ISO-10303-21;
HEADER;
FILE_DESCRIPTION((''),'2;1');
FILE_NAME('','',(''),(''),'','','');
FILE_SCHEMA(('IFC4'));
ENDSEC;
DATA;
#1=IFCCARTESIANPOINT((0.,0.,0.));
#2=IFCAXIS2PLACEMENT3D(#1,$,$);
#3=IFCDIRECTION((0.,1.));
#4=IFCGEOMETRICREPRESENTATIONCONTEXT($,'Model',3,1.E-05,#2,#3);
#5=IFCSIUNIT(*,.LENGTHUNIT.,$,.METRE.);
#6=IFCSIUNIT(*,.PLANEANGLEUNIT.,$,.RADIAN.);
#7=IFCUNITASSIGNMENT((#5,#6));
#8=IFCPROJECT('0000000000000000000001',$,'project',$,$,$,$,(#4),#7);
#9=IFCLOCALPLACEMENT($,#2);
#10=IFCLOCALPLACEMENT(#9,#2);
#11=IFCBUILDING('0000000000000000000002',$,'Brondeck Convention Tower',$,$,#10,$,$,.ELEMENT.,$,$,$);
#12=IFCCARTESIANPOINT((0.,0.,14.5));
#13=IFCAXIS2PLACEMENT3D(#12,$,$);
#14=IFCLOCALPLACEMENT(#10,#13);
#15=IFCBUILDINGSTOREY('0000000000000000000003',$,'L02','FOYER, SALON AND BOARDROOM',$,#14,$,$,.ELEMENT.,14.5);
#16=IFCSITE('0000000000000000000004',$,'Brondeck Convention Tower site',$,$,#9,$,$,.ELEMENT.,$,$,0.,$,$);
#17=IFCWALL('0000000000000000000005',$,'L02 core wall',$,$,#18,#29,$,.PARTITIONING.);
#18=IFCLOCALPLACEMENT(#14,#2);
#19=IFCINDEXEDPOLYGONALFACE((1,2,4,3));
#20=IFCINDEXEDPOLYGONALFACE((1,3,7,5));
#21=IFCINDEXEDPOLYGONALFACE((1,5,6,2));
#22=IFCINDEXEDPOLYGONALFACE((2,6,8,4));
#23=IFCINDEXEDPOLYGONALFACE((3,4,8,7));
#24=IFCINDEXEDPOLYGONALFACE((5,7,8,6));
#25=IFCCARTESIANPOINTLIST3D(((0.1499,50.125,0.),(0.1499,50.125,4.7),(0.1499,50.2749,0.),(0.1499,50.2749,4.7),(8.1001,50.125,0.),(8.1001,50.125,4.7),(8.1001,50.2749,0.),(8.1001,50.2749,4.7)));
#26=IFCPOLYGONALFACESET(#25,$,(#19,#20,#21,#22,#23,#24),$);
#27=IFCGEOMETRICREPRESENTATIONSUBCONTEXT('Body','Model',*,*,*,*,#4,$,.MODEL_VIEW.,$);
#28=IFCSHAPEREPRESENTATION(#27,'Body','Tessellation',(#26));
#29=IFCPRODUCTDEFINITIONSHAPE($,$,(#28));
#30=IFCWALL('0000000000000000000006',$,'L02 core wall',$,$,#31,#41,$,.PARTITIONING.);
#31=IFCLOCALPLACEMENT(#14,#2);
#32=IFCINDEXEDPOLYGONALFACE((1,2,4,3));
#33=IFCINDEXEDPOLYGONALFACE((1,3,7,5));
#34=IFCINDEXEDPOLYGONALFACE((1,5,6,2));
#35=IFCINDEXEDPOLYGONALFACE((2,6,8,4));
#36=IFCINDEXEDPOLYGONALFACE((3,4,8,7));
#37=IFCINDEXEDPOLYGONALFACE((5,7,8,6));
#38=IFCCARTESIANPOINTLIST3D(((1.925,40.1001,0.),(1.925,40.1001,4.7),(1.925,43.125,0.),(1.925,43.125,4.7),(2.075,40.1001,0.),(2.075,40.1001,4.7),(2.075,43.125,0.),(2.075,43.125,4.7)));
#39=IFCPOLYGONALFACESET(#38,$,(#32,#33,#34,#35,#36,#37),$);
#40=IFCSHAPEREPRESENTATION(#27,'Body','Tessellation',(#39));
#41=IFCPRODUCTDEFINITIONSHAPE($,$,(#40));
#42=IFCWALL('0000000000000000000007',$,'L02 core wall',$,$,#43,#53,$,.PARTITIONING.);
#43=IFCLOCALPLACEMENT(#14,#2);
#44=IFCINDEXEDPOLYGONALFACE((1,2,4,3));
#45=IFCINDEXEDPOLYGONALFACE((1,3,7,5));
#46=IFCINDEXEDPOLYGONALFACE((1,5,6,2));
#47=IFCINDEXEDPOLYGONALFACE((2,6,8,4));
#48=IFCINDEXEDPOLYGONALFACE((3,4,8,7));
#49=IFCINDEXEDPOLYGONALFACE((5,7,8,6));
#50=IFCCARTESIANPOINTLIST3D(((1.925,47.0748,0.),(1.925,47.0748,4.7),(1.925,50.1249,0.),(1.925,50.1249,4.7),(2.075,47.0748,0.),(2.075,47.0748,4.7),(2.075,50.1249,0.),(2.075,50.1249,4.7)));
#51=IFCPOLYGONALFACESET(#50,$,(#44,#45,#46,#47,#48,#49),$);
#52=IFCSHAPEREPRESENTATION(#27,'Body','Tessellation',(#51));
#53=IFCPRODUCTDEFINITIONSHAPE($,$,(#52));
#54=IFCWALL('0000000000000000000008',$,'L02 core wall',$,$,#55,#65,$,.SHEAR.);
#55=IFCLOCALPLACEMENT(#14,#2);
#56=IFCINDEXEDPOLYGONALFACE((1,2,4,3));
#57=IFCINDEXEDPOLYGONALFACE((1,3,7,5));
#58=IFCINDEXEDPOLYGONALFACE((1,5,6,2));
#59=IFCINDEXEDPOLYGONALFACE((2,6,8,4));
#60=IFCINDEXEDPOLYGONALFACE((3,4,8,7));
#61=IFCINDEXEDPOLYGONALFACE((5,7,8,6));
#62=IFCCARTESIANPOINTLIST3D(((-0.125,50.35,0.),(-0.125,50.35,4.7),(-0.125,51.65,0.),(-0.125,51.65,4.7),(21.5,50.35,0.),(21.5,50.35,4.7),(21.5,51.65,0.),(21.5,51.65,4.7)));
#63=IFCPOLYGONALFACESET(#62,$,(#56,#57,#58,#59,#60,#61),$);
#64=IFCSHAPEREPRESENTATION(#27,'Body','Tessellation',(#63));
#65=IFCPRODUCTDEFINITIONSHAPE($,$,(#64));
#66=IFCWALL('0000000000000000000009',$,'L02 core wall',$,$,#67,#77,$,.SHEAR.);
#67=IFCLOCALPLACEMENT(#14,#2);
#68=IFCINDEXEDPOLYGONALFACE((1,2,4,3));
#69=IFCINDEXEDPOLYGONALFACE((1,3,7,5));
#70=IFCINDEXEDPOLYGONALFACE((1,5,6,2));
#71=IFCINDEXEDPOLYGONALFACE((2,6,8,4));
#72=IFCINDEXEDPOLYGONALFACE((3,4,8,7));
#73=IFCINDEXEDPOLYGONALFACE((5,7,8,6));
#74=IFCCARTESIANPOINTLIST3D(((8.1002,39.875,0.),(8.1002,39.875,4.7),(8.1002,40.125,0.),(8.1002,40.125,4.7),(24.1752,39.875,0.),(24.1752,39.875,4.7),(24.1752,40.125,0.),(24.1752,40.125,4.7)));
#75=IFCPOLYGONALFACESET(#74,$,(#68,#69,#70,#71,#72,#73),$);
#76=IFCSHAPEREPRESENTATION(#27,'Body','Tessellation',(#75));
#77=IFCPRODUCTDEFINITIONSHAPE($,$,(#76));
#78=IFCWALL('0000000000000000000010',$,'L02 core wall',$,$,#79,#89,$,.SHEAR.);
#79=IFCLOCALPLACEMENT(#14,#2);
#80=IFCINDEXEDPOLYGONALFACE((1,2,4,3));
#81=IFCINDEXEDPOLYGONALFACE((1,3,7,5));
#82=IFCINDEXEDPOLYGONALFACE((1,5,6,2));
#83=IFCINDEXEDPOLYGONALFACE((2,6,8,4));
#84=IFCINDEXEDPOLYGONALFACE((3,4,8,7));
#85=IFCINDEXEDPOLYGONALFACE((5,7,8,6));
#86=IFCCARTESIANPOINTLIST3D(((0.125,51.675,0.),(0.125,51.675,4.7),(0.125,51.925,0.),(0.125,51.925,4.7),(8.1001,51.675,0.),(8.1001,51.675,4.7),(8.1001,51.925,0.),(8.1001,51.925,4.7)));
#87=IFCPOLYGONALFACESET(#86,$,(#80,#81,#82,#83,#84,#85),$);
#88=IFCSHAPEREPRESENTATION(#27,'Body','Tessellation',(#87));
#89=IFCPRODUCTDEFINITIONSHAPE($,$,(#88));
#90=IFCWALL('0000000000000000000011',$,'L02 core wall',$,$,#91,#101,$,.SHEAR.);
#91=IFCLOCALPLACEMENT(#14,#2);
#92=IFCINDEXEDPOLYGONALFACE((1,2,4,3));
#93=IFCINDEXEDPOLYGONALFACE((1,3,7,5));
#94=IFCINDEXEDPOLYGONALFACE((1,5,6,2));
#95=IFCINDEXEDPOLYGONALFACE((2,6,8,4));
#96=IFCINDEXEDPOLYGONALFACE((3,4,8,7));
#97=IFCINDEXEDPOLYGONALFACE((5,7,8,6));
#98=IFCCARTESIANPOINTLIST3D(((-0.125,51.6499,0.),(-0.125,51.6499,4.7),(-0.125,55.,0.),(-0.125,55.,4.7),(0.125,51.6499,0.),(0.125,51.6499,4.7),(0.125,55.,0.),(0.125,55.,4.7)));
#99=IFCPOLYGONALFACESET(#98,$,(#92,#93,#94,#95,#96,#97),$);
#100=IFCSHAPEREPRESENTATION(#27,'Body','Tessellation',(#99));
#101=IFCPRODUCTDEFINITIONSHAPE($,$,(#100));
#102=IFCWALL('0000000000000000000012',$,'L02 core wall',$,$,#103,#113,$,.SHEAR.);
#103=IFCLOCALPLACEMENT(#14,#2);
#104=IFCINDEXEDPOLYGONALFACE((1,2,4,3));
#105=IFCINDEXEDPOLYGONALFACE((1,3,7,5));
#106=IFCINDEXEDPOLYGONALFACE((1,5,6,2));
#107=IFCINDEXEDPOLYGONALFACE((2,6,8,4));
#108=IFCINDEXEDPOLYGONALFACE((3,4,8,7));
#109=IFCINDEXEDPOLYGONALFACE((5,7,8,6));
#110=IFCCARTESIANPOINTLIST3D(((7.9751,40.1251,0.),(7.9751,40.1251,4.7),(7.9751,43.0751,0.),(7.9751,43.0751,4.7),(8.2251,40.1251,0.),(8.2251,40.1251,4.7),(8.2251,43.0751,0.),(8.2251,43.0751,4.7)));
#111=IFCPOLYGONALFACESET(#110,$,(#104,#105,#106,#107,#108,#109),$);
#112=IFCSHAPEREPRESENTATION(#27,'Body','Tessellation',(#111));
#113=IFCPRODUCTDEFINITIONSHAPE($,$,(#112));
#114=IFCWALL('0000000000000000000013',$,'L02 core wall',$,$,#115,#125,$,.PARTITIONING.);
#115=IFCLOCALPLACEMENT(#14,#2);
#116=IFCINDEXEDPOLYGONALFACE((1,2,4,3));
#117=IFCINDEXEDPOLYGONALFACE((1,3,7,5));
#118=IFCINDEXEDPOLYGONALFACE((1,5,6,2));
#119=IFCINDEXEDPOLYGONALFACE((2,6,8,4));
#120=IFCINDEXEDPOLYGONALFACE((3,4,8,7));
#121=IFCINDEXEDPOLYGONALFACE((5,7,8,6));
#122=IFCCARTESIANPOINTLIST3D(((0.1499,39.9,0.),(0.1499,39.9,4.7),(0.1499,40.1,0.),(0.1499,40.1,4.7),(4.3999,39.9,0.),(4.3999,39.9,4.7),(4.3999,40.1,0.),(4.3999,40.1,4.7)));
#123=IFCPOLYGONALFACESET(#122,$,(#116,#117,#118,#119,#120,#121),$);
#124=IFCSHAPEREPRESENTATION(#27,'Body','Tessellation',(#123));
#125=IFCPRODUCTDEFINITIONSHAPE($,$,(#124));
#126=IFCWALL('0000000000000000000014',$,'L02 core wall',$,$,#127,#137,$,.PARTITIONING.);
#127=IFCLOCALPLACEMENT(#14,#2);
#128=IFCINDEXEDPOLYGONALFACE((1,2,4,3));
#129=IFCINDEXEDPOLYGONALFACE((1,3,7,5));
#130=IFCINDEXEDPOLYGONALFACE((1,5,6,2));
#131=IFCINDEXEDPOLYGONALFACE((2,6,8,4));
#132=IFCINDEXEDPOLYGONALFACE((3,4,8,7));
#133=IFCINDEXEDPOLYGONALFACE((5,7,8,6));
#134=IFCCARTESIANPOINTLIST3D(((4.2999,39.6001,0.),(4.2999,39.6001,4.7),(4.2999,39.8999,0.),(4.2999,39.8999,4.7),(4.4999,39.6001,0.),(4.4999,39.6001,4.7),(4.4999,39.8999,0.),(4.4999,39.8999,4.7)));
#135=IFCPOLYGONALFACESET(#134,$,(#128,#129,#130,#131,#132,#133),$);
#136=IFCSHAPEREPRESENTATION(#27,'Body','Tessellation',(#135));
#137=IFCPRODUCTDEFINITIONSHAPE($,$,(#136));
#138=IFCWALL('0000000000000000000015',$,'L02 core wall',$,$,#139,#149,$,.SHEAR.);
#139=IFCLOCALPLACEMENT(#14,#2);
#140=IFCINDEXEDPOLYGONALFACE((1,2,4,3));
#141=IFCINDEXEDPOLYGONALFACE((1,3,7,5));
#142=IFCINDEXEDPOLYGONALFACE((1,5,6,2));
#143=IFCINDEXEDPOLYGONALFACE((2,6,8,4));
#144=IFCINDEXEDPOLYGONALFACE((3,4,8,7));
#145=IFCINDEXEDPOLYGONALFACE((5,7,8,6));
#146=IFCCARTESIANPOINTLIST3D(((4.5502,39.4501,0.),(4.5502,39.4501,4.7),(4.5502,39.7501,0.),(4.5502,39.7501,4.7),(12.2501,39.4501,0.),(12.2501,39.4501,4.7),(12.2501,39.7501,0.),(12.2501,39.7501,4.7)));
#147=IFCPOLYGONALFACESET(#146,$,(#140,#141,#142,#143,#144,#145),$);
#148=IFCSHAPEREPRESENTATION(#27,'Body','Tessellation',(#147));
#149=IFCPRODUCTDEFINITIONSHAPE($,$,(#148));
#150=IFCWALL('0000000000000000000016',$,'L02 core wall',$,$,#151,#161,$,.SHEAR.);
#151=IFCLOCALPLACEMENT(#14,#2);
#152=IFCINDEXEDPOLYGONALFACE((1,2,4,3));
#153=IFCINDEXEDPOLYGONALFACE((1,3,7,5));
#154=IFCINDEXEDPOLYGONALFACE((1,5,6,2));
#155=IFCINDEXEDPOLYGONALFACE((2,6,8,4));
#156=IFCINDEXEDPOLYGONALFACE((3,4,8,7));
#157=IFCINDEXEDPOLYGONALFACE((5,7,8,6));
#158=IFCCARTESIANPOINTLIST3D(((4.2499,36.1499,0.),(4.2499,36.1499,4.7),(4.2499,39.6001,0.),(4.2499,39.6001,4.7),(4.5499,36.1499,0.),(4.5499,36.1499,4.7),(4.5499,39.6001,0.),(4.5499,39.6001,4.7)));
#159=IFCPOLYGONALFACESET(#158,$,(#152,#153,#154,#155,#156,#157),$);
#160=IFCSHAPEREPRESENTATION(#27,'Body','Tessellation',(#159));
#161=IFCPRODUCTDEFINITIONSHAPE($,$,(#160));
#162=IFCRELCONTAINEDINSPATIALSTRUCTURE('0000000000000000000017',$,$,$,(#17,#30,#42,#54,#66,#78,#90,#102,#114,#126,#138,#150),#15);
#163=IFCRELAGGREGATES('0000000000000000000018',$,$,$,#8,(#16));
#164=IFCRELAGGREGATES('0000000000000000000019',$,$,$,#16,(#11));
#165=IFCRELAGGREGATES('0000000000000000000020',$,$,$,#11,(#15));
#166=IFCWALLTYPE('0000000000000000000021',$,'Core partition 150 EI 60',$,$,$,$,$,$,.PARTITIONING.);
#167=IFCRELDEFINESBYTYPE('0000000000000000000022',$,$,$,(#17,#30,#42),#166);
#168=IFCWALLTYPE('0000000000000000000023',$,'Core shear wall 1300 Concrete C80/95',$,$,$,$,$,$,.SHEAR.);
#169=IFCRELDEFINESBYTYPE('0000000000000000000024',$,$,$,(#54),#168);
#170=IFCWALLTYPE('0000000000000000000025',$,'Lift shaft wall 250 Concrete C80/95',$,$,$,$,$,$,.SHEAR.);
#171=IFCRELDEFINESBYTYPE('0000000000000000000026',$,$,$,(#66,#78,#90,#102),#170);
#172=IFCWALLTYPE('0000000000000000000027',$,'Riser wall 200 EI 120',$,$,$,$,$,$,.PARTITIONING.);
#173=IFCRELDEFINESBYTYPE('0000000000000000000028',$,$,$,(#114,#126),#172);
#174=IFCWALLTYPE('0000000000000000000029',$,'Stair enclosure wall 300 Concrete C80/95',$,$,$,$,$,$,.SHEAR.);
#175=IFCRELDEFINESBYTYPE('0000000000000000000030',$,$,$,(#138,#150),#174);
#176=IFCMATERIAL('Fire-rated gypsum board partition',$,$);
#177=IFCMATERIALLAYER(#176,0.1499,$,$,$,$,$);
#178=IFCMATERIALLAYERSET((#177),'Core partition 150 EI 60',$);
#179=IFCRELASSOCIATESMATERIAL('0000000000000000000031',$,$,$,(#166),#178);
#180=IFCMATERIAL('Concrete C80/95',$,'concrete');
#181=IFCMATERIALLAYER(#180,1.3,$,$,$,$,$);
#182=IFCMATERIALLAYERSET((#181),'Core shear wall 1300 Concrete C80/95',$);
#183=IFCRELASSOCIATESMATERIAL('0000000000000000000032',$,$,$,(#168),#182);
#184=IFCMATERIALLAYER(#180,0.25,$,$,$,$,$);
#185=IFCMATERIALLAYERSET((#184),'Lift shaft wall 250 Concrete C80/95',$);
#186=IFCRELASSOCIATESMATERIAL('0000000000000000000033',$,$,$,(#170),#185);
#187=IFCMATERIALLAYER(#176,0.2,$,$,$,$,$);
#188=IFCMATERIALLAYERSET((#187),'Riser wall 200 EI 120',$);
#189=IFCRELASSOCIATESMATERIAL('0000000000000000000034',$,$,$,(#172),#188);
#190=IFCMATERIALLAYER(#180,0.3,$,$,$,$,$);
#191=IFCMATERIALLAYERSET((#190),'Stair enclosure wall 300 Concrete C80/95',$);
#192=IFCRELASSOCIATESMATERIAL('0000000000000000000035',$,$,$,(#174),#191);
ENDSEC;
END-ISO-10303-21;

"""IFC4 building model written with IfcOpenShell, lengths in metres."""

from ifc_helpers import new_model, si_unit, direction, frame, frame_2d, origin, place, context, subcontext, project, spatial, rectangle, extrude, material, layer, layer_set, type_object, element, save


model = new_model("IFC4")

# Units and contexts
model_context = context("Model", 3, precision=1e-05, world=origin(), true_north=direction((0.0, 1.0)))
body_context = subcontext(model_context, "Body", "Model", "MODEL_VIEW")
ifc_project = project(units=[si_unit("LENGTHUNIT", "METRE"), si_unit("PLANEANGLEUNIT", "RADIAN")], contexts=[model_context])

# Site, building, storey
site_placement = place(None, origin())
site = spatial("IfcSite", under=ifc_project, at=site_placement, Name="Brondeck Convention Tower site", CompositionType="ELEMENT", RefElevation=0.0)
building_placement = place(site_placement, origin())
building = spatial("IfcBuilding", under=site, at=building_placement, Name="Brondeck Convention Tower", CompositionType="ELEMENT")
storey_placement = place(building_placement, frame((0.0, 0.0, 14.5)))
storey = spatial("IfcBuildingStorey", under=building, at=storey_placement, Name="L02", Description="FOYER, SALON AND BOARDROOM", CompositionType="ELEMENT", Elevation=14.5)

# Shared definitions
ifc_material_1 = material(Name="Concrete C80/95", Category="concrete")

# Shared definitions
ifc_material_2 = material(Name="Fire-rated gypsum board partition")
ifc_layer_1 = layer(ifc_material_2, 0.1499)
ifc_layer_set_1 = layer_set([ifc_layer_1], Name="Core partition 150 EI 60")
wall_type_1 = type_object("IfcWallType", Name="Core partition 150 EI 60", PredefinedType="PARTITIONING", material=ifc_layer_set_1)

# Walls
wall_1_placement = place(storey_placement, frame((0.1499, 50.2, 0.0), z_axis=(0.0, 0.0, 1.0), x_axis=(1.0, 0.0, 0.0)))
element("IfcWall", 1, at=wall_1_placement, inside=storey, type_object=wall_type_1, Name="L02 core wall", PredefinedType="PARTITIONING", context=body_context, shape_type="SweptSolid", body=[
    extrude(rectangle(XDim=7.9502, YDim=0.1499, at=frame_2d((3.9751, 0.0))), origin(), (0.0, 0.0, 1.0), 4.7),
])
wall_2_placement = place(storey_placement, frame((2.0, 40.1001, 0.0), z_axis=(0.0, 0.0, 1.0), x_axis=(0.0, 1.0, 0.0)))
element("IfcWall", 2, at=wall_2_placement, inside=storey, type_object=wall_type_1, Name="L02 core wall", PredefinedType="PARTITIONING", context=body_context, shape_type="SweptSolid", body=[
    extrude(rectangle(XDim=3.0249, YDim=0.1499, at=frame_2d((1.5125, 0.0))), origin(), (0.0, 0.0, 1.0), 4.7),
])
wall_3_placement = place(storey_placement, frame((2.0, 47.075, 0.0), z_axis=(0.0, 0.0, 1.0), x_axis=(0.0, 1.0, 0.0)))
element("IfcWall", 3, at=wall_3_placement, inside=storey, type_object=wall_type_1, Name="L02 core wall", PredefinedType="PARTITIONING", context=body_context, shape_type="SweptSolid", body=[
    extrude(rectangle(XDim=3.05, YDim=0.1499, at=frame_2d((1.5249, 0.0))), origin(), (0.0, 0.0, 1.0), 4.7),
])
ifc_layer_2 = layer(ifc_material_1, 1.3)
ifc_layer_set_2 = layer_set([ifc_layer_2], Name="Core shear wall 1300 Concrete C80/95")
wall_type_2 = type_object("IfcWallType", Name="Core shear wall 1300 Concrete C80/95", PredefinedType="SHEAR", material=ifc_layer_set_2)
wall_4_placement = place(storey_placement, frame((-0.125, 51.0, 0.0), z_axis=(0.0, 0.0, 1.0), x_axis=(1.0, 0.0, 0.0)))
element("IfcWall", 4, at=wall_4_placement, inside=storey, type_object=wall_type_2, Name="L02 core wall", PredefinedType="SHEAR", context=body_context, shape_type="SweptSolid", body=[
    extrude(rectangle(XDim=21.625, YDim=1.3, at=frame_2d((10.8125, 0.0))), origin(), (0.0, 0.0, 1.0), 4.7),
])
ifc_layer_3 = layer(ifc_material_1, 0.25)
ifc_layer_set_3 = layer_set([ifc_layer_3], Name="Lift shaft wall 250 Concrete C80/95")
wall_type_3 = type_object("IfcWallType", Name="Lift shaft wall 250 Concrete C80/95", PredefinedType="SHEAR", material=ifc_layer_set_3)
wall_5_placement = place(storey_placement, frame((8.1001, 40.0, 0.0), z_axis=(0.0, 0.0, 1.0), x_axis=(1.0, 0.0, 0.0)))
element("IfcWall", 5, at=wall_5_placement, inside=storey, type_object=wall_type_3, Name="L02 core wall", PredefinedType="SHEAR", context=body_context, shape_type="SweptSolid", body=[
    extrude(rectangle(XDim=16.075, YDim=0.25, at=frame_2d((8.0376, 0.0))), origin(), (0.0, 0.0, 1.0), 4.7),
])
wall_6_placement = place(storey_placement, frame((0.125, 51.8, 0.0), z_axis=(0.0, 0.0, 1.0), x_axis=(1.0, 0.0, 0.0)))
element("IfcWall", 6, at=wall_6_placement, inside=storey, type_object=wall_type_3, Name="L02 core wall", PredefinedType="SHEAR", context=body_context, shape_type="SweptSolid", body=[
    extrude(rectangle(XDim=7.9751, YDim=0.25, at=frame_2d((3.9875, 0.0))), origin(), (0.0, 0.0, 1.0), 4.7),
])
wall_7_placement = place(storey_placement, frame((0.0, 51.6499, 0.0), z_axis=(0.0, 0.0, 1.0), x_axis=(0.0, 1.0, 0.0)))
element("IfcWall", 7, at=wall_7_placement, inside=storey, type_object=wall_type_3, Name="L02 core wall", PredefinedType="SHEAR", context=body_context, shape_type="SweptSolid", body=[
    extrude(rectangle(XDim=3.3501, YDim=0.25, at=frame_2d((1.675, 0.0))), origin(), (0.0, 0.0, 1.0), 4.7),
])
wall_8_placement = place(storey_placement, frame((8.1001, 40.125, 0.0), z_axis=(0.0, 0.0, 1.0), x_axis=(0.0, 1.0, 0.0)))
element("IfcWall", 8, at=wall_8_placement, inside=storey, type_object=wall_type_3, Name="L02 core wall", PredefinedType="SHEAR", context=body_context, shape_type="SweptSolid", body=[
    extrude(rectangle(XDim=2.95, YDim=0.25, at=frame_2d((1.4751, 0.0))), origin(), (0.0, 0.0, 1.0), 4.7),
])
ifc_layer_4 = layer(ifc_material_2, 0.2)
ifc_layer_set_4 = layer_set([ifc_layer_4], Name="Riser wall 200 EI 120")
wall_type_4 = type_object("IfcWallType", Name="Riser wall 200 EI 120", PredefinedType="PARTITIONING", material=ifc_layer_set_4)
wall_9_placement = place(storey_placement, frame((0.1499, 40.0, 0.0), z_axis=(0.0, 0.0, 1.0), x_axis=(1.0, 0.0, 0.0)))
element("IfcWall", 9, at=wall_9_placement, inside=storey, type_object=wall_type_4, Name="L02 core wall", PredefinedType="PARTITIONING", context=body_context, shape_type="SweptSolid", body=[
    extrude(rectangle(XDim=4.25, YDim=0.2, at=frame_2d((2.125, 0.0))), origin(), (0.0, 0.0, 1.0), 4.7),
])
wall_10_placement = place(storey_placement, frame((4.3999, 39.6001, 0.0), z_axis=(0.0, 0.0, 1.0), x_axis=(0.0, 1.0, 0.0)))
element("IfcWall", 10, at=wall_10_placement, inside=storey, type_object=wall_type_4, Name="L02 core wall", PredefinedType="PARTITIONING", context=body_context, shape_type="SweptSolid", body=[
    extrude(rectangle(XDim=0.2998, YDim=0.2, at=frame_2d((0.1499, 0.0))), origin(), (0.0, 0.0, 1.0), 4.7),
])
ifc_layer_5 = layer(ifc_material_1, 0.3)
ifc_layer_set_5 = layer_set([ifc_layer_5], Name="Stair enclosure wall 300 Concrete C80/95")
wall_type_5 = type_object("IfcWallType", Name="Stair enclosure wall 300 Concrete C80/95", PredefinedType="SHEAR", material=ifc_layer_set_5)
wall_11_placement = place(storey_placement, frame((4.55, 39.6001, 0.0), z_axis=(0.0, 0.0, 1.0), x_axis=(1.0, 0.0, 0.0)))
element("IfcWall", 11, at=wall_11_placement, inside=storey, type_object=wall_type_5, Name="L02 core wall", PredefinedType="SHEAR", context=body_context, shape_type="SweptSolid", body=[
    extrude(rectangle(XDim=7.7, YDim=0.3, at=frame_2d((3.8501, 0.0))), origin(), (0.0, 0.0, 1.0), 4.7),
])
wall_12_placement = place(storey_placement, frame((4.3999, 36.1499, 0.0), z_axis=(0.0, 0.0, 1.0), x_axis=(0.0, 1.0, 0.0)))
element("IfcWall", 12, at=wall_12_placement, inside=storey, type_object=wall_type_5, Name="L02 core wall", PredefinedType="SHEAR", context=body_context, shape_type="SweptSolid", body=[
    extrude(rectangle(XDim=3.4502, YDim=0.3, at=frame_2d((1.7251, 0.0))), origin(), (0.0, 0.0, 1.0), 4.7),
])

save(model, "model.ifc")
